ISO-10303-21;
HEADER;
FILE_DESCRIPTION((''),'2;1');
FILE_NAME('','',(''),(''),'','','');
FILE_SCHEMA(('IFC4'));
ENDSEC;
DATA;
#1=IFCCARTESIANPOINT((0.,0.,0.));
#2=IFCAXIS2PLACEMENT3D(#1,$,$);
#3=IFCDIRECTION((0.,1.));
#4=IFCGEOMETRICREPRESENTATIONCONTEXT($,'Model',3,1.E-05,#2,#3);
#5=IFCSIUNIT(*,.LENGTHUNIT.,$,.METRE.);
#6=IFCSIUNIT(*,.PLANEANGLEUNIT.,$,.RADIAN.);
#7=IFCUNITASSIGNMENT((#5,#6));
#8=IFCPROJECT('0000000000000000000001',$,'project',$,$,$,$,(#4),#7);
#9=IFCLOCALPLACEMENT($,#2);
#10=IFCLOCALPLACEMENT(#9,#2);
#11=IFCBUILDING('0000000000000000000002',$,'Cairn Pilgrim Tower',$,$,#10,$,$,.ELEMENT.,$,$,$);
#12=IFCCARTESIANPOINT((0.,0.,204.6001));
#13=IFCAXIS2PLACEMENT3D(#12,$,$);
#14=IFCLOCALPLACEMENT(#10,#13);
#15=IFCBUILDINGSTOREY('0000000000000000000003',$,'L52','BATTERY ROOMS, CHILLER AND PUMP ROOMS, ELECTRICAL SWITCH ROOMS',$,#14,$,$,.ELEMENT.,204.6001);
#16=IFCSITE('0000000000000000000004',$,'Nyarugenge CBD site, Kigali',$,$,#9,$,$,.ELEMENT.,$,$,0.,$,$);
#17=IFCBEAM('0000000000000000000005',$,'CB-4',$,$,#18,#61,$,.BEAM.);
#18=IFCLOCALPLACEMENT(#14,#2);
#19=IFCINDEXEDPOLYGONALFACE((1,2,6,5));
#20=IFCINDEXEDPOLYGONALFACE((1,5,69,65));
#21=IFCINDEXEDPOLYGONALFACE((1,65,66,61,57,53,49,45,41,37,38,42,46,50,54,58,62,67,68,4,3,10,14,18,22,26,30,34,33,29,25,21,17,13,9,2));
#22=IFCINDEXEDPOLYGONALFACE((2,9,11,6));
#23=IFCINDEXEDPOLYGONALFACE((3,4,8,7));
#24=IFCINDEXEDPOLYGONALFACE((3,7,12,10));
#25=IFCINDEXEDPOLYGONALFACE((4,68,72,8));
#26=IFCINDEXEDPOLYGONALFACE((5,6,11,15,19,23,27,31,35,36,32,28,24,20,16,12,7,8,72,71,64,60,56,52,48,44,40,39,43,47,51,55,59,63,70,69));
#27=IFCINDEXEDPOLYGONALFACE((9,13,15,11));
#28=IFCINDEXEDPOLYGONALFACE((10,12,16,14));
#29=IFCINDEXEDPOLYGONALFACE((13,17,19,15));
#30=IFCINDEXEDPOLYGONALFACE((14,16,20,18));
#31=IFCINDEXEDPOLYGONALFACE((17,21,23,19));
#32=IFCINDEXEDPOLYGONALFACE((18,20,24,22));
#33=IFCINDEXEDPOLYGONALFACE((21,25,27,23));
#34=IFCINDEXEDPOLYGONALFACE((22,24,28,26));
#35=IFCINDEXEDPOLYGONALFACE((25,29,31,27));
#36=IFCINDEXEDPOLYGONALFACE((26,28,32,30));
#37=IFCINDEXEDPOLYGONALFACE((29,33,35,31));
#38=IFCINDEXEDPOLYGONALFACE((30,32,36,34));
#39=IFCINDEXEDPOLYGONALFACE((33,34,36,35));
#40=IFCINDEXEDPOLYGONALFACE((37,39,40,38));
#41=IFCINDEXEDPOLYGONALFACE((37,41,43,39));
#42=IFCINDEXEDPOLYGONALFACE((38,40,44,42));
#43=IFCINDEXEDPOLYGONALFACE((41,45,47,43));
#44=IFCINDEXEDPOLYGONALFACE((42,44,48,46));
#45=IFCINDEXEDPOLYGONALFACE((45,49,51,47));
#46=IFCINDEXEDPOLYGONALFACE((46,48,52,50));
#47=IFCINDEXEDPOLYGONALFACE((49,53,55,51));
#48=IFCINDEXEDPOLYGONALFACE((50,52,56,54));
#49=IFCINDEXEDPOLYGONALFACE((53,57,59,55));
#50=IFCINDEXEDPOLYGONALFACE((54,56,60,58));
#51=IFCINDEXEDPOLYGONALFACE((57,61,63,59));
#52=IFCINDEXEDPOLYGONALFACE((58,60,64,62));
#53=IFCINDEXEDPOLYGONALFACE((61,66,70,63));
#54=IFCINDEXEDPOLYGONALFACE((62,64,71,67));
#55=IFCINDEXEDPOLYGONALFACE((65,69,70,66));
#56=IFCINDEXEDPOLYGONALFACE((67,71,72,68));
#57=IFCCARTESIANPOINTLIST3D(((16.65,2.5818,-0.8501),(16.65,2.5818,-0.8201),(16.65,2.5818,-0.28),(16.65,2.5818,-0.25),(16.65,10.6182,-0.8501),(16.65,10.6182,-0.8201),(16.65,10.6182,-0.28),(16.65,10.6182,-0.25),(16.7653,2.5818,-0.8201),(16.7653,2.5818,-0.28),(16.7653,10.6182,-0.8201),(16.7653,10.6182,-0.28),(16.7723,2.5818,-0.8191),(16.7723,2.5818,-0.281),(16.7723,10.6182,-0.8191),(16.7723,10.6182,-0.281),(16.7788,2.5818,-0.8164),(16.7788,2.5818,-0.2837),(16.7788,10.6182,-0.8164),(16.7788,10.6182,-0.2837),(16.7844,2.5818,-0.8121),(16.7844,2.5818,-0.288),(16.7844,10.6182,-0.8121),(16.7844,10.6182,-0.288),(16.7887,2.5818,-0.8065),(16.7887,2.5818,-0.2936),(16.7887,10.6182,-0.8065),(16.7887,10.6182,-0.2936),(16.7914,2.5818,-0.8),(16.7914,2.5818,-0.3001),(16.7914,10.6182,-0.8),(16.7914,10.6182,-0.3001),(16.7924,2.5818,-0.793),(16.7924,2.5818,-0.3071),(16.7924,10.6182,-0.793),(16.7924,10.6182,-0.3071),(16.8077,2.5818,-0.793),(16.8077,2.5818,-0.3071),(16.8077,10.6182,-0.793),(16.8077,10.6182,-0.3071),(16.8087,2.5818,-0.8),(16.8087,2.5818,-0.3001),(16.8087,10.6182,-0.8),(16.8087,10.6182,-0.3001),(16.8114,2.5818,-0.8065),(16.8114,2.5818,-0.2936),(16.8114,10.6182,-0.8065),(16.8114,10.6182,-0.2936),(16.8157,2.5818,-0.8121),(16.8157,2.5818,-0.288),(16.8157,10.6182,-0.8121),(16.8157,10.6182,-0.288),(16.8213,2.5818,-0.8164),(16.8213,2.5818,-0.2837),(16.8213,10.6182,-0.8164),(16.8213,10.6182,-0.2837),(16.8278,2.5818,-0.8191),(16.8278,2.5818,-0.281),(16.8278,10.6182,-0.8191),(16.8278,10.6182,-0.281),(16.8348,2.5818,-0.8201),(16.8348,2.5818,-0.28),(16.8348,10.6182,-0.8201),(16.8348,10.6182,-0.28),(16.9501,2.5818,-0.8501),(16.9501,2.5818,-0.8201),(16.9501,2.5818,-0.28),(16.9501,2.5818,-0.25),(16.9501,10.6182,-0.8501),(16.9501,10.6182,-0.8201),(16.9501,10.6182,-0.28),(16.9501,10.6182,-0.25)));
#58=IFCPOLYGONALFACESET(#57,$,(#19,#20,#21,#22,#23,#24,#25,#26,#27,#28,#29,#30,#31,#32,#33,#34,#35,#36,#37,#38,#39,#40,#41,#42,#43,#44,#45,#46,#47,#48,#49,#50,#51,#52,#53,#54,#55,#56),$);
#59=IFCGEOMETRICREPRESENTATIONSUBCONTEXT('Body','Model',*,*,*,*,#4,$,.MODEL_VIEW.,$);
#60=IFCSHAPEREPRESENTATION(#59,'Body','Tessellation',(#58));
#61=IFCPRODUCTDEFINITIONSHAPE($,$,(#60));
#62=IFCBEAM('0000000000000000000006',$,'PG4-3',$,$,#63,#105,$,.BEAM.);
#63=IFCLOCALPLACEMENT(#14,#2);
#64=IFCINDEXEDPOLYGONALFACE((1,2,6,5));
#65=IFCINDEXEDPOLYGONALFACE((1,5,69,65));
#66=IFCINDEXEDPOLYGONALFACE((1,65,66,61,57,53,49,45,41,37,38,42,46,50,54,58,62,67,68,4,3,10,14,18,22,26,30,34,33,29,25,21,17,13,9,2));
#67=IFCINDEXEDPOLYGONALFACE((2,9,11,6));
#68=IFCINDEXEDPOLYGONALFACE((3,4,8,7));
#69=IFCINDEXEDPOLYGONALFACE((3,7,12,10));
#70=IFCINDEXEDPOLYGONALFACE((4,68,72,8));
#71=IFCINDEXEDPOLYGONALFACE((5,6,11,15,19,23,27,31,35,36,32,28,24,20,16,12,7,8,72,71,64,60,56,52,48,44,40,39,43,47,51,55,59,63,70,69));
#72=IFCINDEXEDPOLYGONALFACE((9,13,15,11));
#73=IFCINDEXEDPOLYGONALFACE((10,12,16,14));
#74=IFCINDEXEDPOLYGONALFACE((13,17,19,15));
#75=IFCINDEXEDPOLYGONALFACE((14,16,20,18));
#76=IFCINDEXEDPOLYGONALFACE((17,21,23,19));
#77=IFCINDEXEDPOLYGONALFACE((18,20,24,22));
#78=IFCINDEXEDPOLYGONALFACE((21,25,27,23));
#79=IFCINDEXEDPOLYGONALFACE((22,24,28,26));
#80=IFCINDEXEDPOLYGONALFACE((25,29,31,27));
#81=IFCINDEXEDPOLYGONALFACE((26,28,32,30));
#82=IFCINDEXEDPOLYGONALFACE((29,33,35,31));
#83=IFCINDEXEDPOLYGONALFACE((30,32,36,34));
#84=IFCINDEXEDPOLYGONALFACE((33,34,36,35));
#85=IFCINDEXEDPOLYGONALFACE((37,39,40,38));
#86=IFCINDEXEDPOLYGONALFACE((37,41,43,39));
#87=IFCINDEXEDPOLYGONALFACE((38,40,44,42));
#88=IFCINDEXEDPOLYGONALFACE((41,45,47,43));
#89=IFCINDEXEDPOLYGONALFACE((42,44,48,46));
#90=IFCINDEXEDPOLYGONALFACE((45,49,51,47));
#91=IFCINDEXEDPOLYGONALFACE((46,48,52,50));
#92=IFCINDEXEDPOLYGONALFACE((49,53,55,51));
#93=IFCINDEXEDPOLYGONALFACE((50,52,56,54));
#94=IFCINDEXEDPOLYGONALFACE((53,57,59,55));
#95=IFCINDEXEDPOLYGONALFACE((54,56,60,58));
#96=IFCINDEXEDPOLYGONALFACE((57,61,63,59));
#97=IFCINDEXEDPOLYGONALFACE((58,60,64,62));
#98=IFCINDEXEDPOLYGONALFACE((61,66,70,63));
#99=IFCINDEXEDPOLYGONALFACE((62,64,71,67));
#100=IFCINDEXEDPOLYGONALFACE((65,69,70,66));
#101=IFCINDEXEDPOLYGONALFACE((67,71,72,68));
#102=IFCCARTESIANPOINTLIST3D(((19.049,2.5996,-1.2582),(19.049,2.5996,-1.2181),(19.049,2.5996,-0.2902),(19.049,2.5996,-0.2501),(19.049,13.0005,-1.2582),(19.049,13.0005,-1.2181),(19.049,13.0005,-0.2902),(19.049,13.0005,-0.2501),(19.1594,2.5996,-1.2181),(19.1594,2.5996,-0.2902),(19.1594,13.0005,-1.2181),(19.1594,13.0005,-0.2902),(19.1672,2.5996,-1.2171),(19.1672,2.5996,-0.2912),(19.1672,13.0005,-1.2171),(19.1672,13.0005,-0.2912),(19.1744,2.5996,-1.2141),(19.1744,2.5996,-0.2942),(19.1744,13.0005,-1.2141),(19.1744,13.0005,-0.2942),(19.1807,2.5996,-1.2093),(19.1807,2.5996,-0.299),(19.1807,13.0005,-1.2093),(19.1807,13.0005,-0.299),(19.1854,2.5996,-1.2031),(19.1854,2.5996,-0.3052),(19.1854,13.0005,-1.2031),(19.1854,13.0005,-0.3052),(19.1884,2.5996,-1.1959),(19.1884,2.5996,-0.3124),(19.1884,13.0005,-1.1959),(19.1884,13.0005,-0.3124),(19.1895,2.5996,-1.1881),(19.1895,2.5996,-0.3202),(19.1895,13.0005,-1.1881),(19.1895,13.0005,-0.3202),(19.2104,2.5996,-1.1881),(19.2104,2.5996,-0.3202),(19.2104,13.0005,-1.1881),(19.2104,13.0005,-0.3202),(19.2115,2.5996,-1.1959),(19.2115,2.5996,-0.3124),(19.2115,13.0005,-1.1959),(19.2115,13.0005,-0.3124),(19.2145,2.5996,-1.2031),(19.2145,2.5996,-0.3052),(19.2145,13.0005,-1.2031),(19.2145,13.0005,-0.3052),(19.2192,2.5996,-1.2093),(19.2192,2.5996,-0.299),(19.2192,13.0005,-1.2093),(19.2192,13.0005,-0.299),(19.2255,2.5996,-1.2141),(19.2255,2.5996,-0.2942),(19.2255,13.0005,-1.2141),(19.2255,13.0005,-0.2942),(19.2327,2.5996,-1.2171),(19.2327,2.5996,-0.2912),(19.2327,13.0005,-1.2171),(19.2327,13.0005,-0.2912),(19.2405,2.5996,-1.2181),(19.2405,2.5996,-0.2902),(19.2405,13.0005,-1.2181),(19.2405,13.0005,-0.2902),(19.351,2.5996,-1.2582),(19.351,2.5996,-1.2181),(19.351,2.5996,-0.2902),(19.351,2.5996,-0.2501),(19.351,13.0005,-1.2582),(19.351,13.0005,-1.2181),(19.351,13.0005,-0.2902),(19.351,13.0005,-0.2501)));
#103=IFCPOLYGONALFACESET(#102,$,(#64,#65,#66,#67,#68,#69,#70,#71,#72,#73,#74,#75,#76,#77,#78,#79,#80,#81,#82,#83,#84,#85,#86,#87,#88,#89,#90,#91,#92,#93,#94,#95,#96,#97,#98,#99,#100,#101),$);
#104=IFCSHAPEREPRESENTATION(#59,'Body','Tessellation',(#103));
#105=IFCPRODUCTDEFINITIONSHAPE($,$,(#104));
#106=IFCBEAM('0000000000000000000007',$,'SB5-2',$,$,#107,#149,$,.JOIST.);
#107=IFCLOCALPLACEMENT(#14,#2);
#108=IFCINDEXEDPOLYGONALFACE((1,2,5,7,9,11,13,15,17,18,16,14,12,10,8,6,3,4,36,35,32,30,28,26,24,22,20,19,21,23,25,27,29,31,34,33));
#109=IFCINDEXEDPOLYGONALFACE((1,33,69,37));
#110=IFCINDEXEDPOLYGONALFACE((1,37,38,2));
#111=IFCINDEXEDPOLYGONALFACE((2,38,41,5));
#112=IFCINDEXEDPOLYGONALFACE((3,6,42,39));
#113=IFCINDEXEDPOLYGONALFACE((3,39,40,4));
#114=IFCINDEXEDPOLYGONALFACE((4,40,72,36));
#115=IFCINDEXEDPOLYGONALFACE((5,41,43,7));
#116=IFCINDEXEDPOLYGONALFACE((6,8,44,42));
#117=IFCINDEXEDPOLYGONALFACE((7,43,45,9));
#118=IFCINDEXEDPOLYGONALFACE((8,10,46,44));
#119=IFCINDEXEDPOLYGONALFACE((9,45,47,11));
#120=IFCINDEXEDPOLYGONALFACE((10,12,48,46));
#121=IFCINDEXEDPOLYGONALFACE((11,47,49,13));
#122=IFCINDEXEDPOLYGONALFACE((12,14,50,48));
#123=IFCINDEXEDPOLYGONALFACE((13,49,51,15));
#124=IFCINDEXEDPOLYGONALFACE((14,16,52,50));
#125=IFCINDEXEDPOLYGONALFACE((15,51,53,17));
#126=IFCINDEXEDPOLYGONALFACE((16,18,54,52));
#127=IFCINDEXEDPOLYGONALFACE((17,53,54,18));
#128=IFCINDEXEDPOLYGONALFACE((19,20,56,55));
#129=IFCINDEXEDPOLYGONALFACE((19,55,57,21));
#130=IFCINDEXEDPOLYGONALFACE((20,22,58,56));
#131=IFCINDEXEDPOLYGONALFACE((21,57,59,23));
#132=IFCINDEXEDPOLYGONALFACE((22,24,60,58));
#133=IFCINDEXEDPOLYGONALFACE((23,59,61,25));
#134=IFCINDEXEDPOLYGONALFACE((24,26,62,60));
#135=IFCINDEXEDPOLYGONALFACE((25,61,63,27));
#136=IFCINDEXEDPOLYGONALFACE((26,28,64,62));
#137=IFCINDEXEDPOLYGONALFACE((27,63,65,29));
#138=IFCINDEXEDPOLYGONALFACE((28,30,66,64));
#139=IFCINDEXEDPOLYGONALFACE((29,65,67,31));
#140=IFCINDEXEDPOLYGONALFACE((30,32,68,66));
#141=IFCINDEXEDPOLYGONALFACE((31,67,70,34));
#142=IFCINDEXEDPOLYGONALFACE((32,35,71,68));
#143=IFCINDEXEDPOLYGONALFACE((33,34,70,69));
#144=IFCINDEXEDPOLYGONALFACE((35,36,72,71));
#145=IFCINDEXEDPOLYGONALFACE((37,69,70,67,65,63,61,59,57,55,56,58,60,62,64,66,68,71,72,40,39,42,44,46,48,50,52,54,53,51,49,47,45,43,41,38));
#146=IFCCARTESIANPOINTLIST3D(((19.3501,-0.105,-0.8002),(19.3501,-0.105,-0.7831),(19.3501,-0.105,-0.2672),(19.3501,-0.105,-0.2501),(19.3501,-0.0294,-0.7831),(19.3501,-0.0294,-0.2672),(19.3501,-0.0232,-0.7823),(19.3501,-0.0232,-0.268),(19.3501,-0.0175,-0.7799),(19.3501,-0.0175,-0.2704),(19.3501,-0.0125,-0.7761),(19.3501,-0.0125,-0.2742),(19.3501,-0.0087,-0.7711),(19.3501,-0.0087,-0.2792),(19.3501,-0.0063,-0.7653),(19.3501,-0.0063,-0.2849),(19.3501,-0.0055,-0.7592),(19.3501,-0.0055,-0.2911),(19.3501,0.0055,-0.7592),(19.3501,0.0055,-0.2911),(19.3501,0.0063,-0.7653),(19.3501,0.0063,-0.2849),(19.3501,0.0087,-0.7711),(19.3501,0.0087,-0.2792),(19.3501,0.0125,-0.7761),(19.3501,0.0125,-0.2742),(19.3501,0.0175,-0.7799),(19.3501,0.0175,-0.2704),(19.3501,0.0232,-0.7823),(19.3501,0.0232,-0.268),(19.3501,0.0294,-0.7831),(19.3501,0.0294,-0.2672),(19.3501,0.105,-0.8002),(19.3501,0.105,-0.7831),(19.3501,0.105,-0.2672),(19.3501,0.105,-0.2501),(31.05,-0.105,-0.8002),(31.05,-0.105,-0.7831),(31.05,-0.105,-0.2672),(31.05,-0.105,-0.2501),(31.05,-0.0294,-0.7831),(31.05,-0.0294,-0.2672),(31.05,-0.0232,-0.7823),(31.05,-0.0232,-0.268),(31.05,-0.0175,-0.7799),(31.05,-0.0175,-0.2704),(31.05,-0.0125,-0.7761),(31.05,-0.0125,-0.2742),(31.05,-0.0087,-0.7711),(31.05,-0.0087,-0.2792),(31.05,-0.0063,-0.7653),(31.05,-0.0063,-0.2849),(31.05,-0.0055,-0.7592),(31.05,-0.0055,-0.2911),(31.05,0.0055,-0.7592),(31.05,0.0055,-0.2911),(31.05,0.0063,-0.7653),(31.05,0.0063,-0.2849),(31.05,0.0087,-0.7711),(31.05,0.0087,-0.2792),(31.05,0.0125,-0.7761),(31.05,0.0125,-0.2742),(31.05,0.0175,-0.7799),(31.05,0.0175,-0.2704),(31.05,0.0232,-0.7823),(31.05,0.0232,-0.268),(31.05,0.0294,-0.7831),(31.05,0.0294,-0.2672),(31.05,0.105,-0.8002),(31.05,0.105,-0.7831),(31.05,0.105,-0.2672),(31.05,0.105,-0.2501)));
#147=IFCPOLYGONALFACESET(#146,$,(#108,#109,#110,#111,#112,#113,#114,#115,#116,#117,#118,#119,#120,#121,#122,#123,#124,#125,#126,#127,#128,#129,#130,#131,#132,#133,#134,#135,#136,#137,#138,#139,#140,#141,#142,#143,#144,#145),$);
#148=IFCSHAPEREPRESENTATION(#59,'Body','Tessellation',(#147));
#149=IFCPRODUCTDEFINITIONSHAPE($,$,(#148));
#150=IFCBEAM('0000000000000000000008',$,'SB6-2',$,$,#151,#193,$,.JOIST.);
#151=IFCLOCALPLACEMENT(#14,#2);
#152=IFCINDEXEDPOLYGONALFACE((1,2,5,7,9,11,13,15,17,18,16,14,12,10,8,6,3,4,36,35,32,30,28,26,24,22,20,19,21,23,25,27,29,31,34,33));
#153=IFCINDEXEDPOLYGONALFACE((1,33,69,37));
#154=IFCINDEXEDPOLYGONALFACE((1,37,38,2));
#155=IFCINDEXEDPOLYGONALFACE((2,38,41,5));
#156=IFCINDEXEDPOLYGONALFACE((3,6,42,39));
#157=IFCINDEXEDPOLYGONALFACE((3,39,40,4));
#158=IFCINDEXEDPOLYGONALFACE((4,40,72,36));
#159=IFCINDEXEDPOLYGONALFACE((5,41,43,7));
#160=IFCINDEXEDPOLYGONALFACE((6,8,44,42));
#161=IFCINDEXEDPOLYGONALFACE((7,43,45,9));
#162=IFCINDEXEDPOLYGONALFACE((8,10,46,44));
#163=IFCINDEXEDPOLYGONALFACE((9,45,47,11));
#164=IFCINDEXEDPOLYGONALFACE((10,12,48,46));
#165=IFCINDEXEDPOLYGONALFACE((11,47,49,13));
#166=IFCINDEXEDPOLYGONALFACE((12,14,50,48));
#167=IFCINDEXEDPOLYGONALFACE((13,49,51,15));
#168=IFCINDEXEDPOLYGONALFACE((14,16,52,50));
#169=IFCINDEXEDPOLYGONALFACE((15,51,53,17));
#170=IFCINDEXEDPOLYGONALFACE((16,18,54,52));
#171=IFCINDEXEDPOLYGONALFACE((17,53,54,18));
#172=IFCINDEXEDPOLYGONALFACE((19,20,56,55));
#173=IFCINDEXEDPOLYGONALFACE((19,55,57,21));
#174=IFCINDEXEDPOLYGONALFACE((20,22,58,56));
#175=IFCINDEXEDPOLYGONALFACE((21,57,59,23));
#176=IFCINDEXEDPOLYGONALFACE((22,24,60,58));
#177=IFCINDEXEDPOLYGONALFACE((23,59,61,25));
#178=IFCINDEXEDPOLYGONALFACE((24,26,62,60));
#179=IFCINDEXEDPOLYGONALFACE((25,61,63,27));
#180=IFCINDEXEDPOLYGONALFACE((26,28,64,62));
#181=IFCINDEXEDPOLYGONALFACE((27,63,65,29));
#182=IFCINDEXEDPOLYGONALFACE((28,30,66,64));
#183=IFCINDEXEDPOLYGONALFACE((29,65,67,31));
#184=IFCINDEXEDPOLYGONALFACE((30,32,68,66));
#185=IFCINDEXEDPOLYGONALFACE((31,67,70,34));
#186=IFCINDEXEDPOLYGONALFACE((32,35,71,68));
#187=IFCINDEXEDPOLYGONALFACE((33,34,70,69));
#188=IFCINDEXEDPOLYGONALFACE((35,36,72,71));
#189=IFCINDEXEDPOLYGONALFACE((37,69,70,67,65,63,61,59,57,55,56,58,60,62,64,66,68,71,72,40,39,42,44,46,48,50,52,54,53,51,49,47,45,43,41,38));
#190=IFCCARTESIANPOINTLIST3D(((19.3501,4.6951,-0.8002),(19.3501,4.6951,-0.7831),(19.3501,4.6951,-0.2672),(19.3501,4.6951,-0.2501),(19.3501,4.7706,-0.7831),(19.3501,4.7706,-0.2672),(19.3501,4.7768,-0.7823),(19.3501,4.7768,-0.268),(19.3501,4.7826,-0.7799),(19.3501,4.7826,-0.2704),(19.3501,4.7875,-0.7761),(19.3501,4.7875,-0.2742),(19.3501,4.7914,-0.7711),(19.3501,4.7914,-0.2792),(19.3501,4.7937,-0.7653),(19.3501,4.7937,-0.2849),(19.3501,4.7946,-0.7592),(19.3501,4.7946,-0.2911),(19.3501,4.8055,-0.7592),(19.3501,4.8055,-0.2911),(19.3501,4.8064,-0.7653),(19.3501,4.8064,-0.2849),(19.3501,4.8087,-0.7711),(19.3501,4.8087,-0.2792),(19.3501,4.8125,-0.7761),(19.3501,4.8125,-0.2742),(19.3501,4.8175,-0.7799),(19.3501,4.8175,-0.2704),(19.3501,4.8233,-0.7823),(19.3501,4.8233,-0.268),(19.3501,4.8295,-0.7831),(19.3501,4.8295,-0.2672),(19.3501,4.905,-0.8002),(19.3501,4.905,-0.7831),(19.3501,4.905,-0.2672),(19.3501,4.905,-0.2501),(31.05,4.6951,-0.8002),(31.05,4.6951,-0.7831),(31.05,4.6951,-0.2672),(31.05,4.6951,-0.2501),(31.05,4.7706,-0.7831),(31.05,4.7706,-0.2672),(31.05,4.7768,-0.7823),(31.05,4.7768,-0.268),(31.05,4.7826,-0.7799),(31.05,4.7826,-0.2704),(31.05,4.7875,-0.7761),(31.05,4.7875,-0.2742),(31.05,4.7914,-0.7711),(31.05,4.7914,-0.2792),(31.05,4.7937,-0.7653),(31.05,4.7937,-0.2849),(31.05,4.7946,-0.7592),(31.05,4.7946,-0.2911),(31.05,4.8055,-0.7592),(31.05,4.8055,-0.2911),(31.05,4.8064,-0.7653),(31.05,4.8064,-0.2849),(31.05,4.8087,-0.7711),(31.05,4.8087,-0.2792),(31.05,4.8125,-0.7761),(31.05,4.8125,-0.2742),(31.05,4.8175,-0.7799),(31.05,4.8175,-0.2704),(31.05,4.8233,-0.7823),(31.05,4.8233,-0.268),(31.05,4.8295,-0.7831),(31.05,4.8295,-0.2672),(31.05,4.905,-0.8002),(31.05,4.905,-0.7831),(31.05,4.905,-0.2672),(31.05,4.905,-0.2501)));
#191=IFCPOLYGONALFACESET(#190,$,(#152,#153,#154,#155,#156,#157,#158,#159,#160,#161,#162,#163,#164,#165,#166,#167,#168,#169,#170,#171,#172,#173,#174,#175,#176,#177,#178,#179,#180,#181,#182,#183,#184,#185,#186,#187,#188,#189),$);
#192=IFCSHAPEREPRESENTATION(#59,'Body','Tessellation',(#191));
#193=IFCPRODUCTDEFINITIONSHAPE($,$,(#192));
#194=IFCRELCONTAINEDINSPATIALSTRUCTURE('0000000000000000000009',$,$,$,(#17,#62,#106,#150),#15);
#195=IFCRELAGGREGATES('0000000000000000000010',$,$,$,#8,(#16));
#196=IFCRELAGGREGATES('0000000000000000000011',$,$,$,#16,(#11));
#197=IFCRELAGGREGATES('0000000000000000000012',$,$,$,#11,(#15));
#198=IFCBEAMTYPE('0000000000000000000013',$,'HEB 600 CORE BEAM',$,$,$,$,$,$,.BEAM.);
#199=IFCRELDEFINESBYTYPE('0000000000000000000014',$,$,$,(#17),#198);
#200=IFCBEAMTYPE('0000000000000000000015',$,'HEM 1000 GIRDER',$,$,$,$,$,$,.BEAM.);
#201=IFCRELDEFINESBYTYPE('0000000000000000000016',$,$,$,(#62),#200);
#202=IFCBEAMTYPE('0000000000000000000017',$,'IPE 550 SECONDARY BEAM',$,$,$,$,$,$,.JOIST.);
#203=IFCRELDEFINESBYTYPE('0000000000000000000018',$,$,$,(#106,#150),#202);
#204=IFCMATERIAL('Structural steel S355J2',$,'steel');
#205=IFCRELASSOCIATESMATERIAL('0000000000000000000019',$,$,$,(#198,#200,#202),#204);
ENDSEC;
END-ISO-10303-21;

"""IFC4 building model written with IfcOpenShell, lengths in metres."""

from ifc_helpers import new_model, si_unit, direction, frame, origin, origin_2d, place, context, subcontext, project, spatial, i_section, extrude, material, material_profile, profile_set, type_object, element, save


model = new_model("IFC4")

# Units and contexts
model_context = context("Model", 3, precision=1e-05, world=origin(), true_north=direction((0.0, 1.0)))
body_context = subcontext(model_context, "Body", "Model", "MODEL_VIEW")
ifc_project = project(units=[si_unit("LENGTHUNIT", "METRE"), si_unit("PLANEANGLEUNIT", "RADIAN")], contexts=[model_context])

# Site, building, storey
site_placement = place(None, origin())
site = spatial("IfcSite", under=ifc_project, at=site_placement, Name="Nyarugenge CBD site, Kigali", CompositionType="ELEMENT", RefElevation=0.0)
building_placement = place(site_placement, origin())
building = spatial("IfcBuilding", under=site, at=building_placement, Name="Cairn Pilgrim Tower", CompositionType="ELEMENT")
storey_placement = place(building_placement, frame((0.0, 0.0, 204.6001)))
storey = spatial("IfcBuildingStorey", under=building, at=storey_placement, Name="L52", Description="BATTERY ROOMS, CHILLER AND PUMP ROOMS, ELECTRICAL SWITCH ROOMS", CompositionType="ELEMENT", Elevation=204.6001)

# Shared definitions
ifc_material_1 = material(Name="Structural steel S355J2", Category="steel")

# Beams
ifc_material_profile_1 = material_profile(ifc_material_1, i_section(OverallWidth=0.3, OverallDepth=0.6001, WebThickness=0.0154, FlangeThickness=0.03, FilletRadius=0.0271, at=origin_2d()), Name="HEB 600")
ifc_profile_set_1 = profile_set([ifc_material_profile_1], Name="Structural steel S355J2")
beam_type_1 = type_object("IfcBeamType", Name="HEB 600 CORE BEAM", PredefinedType="BEAM", material=ifc_profile_set_1)
beam_1_placement = place(storey_placement, frame((16.8, 2.5818, -0.55), z_axis=(0.0, 1.0, 0.0), x_axis=(-1.0, 0.0, 0.0)))
element("IfcBeam", 1, at=beam_1_placement, inside=storey, type_object=beam_type_1, Name="CB-4", PredefinedType="BEAM", context=body_context, shape_type="SweptSolid", body=[
    extrude(i_section(OverallWidth=0.3, OverallDepth=0.6001, WebThickness=0.0154, FlangeThickness=0.03, FilletRadius=0.0271, at=origin_2d()), origin(), (0.0, 0.0, 1.0), 8.0364),
])
ifc_material_profile_2 = material_profile(ifc_material_1, i_section(OverallWidth=0.302, OverallDepth=1.0081, WebThickness=0.021, FlangeThickness=0.04, FilletRadius=0.03, at=origin_2d()), Name="HEM 1000")
ifc_profile_set_2 = profile_set([ifc_material_profile_2], Name="Structural steel S355J2")
beam_type_2 = type_object("IfcBeamType", Name="HEM 1000 GIRDER", PredefinedType="BEAM", material=ifc_profile_set_2)
beam_2_placement = place(storey_placement, frame((19.2, 2.5996, -0.7542), z_axis=(0.0, 1.0, 0.0), x_axis=(-1.0, 0.0, 0.0)))
element("IfcBeam", 2, at=beam_2_placement, inside=storey, type_object=beam_type_2, Name="PG4-3", PredefinedType="BEAM", context=body_context, shape_type="SweptSolid", body=[
    extrude(i_section(OverallWidth=0.302, OverallDepth=1.0081, WebThickness=0.021, FlangeThickness=0.04, FilletRadius=0.03, at=origin_2d()), origin(), (0.0, 0.0, 1.0), 10.4009),
])
ifc_material_profile_3 = material_profile(ifc_material_1, i_section(OverallWidth=0.21, OverallDepth=0.55, WebThickness=0.011, FlangeThickness=0.0171, FilletRadius=0.0239, at=origin_2d()), Name="IPE 550")
ifc_profile_set_3 = profile_set([ifc_material_profile_3], Name="Structural steel S355J2")
beam_type_3 = type_object("IfcBeamType", Name="IPE 550 SECONDARY BEAM", PredefinedType="JOIST", material=ifc_profile_set_3)
for number, where, z_axis, x_axis, name in (
    (3, (19.3501, 0.0, -0.5251), (1.0, 0.0, 0.0), (0.0, 1.0, 0.0), "SB5-2"),
    (4, (19.3501, 4.8, -0.5251), (1.0, 0.0, 0.0), (0.0, 1.0, 0.0), "SB6-2"),
):
    element("IfcBeam", number, at=place(storey_placement, frame(where, z_axis=z_axis, x_axis=x_axis)), inside=storey, type_object=beam_type_3, Name=name, PredefinedType="JOIST", context=body_context, shape_type="SweptSolid", body=[
        extrude(i_section(OverallWidth=0.21, OverallDepth=0.55, WebThickness=0.011, FlangeThickness=0.0171, FilletRadius=0.0239, at=origin_2d()), origin(), (0.0, 0.0, 1.0), 11.7),
    ])

save(model, "model.ifc")
